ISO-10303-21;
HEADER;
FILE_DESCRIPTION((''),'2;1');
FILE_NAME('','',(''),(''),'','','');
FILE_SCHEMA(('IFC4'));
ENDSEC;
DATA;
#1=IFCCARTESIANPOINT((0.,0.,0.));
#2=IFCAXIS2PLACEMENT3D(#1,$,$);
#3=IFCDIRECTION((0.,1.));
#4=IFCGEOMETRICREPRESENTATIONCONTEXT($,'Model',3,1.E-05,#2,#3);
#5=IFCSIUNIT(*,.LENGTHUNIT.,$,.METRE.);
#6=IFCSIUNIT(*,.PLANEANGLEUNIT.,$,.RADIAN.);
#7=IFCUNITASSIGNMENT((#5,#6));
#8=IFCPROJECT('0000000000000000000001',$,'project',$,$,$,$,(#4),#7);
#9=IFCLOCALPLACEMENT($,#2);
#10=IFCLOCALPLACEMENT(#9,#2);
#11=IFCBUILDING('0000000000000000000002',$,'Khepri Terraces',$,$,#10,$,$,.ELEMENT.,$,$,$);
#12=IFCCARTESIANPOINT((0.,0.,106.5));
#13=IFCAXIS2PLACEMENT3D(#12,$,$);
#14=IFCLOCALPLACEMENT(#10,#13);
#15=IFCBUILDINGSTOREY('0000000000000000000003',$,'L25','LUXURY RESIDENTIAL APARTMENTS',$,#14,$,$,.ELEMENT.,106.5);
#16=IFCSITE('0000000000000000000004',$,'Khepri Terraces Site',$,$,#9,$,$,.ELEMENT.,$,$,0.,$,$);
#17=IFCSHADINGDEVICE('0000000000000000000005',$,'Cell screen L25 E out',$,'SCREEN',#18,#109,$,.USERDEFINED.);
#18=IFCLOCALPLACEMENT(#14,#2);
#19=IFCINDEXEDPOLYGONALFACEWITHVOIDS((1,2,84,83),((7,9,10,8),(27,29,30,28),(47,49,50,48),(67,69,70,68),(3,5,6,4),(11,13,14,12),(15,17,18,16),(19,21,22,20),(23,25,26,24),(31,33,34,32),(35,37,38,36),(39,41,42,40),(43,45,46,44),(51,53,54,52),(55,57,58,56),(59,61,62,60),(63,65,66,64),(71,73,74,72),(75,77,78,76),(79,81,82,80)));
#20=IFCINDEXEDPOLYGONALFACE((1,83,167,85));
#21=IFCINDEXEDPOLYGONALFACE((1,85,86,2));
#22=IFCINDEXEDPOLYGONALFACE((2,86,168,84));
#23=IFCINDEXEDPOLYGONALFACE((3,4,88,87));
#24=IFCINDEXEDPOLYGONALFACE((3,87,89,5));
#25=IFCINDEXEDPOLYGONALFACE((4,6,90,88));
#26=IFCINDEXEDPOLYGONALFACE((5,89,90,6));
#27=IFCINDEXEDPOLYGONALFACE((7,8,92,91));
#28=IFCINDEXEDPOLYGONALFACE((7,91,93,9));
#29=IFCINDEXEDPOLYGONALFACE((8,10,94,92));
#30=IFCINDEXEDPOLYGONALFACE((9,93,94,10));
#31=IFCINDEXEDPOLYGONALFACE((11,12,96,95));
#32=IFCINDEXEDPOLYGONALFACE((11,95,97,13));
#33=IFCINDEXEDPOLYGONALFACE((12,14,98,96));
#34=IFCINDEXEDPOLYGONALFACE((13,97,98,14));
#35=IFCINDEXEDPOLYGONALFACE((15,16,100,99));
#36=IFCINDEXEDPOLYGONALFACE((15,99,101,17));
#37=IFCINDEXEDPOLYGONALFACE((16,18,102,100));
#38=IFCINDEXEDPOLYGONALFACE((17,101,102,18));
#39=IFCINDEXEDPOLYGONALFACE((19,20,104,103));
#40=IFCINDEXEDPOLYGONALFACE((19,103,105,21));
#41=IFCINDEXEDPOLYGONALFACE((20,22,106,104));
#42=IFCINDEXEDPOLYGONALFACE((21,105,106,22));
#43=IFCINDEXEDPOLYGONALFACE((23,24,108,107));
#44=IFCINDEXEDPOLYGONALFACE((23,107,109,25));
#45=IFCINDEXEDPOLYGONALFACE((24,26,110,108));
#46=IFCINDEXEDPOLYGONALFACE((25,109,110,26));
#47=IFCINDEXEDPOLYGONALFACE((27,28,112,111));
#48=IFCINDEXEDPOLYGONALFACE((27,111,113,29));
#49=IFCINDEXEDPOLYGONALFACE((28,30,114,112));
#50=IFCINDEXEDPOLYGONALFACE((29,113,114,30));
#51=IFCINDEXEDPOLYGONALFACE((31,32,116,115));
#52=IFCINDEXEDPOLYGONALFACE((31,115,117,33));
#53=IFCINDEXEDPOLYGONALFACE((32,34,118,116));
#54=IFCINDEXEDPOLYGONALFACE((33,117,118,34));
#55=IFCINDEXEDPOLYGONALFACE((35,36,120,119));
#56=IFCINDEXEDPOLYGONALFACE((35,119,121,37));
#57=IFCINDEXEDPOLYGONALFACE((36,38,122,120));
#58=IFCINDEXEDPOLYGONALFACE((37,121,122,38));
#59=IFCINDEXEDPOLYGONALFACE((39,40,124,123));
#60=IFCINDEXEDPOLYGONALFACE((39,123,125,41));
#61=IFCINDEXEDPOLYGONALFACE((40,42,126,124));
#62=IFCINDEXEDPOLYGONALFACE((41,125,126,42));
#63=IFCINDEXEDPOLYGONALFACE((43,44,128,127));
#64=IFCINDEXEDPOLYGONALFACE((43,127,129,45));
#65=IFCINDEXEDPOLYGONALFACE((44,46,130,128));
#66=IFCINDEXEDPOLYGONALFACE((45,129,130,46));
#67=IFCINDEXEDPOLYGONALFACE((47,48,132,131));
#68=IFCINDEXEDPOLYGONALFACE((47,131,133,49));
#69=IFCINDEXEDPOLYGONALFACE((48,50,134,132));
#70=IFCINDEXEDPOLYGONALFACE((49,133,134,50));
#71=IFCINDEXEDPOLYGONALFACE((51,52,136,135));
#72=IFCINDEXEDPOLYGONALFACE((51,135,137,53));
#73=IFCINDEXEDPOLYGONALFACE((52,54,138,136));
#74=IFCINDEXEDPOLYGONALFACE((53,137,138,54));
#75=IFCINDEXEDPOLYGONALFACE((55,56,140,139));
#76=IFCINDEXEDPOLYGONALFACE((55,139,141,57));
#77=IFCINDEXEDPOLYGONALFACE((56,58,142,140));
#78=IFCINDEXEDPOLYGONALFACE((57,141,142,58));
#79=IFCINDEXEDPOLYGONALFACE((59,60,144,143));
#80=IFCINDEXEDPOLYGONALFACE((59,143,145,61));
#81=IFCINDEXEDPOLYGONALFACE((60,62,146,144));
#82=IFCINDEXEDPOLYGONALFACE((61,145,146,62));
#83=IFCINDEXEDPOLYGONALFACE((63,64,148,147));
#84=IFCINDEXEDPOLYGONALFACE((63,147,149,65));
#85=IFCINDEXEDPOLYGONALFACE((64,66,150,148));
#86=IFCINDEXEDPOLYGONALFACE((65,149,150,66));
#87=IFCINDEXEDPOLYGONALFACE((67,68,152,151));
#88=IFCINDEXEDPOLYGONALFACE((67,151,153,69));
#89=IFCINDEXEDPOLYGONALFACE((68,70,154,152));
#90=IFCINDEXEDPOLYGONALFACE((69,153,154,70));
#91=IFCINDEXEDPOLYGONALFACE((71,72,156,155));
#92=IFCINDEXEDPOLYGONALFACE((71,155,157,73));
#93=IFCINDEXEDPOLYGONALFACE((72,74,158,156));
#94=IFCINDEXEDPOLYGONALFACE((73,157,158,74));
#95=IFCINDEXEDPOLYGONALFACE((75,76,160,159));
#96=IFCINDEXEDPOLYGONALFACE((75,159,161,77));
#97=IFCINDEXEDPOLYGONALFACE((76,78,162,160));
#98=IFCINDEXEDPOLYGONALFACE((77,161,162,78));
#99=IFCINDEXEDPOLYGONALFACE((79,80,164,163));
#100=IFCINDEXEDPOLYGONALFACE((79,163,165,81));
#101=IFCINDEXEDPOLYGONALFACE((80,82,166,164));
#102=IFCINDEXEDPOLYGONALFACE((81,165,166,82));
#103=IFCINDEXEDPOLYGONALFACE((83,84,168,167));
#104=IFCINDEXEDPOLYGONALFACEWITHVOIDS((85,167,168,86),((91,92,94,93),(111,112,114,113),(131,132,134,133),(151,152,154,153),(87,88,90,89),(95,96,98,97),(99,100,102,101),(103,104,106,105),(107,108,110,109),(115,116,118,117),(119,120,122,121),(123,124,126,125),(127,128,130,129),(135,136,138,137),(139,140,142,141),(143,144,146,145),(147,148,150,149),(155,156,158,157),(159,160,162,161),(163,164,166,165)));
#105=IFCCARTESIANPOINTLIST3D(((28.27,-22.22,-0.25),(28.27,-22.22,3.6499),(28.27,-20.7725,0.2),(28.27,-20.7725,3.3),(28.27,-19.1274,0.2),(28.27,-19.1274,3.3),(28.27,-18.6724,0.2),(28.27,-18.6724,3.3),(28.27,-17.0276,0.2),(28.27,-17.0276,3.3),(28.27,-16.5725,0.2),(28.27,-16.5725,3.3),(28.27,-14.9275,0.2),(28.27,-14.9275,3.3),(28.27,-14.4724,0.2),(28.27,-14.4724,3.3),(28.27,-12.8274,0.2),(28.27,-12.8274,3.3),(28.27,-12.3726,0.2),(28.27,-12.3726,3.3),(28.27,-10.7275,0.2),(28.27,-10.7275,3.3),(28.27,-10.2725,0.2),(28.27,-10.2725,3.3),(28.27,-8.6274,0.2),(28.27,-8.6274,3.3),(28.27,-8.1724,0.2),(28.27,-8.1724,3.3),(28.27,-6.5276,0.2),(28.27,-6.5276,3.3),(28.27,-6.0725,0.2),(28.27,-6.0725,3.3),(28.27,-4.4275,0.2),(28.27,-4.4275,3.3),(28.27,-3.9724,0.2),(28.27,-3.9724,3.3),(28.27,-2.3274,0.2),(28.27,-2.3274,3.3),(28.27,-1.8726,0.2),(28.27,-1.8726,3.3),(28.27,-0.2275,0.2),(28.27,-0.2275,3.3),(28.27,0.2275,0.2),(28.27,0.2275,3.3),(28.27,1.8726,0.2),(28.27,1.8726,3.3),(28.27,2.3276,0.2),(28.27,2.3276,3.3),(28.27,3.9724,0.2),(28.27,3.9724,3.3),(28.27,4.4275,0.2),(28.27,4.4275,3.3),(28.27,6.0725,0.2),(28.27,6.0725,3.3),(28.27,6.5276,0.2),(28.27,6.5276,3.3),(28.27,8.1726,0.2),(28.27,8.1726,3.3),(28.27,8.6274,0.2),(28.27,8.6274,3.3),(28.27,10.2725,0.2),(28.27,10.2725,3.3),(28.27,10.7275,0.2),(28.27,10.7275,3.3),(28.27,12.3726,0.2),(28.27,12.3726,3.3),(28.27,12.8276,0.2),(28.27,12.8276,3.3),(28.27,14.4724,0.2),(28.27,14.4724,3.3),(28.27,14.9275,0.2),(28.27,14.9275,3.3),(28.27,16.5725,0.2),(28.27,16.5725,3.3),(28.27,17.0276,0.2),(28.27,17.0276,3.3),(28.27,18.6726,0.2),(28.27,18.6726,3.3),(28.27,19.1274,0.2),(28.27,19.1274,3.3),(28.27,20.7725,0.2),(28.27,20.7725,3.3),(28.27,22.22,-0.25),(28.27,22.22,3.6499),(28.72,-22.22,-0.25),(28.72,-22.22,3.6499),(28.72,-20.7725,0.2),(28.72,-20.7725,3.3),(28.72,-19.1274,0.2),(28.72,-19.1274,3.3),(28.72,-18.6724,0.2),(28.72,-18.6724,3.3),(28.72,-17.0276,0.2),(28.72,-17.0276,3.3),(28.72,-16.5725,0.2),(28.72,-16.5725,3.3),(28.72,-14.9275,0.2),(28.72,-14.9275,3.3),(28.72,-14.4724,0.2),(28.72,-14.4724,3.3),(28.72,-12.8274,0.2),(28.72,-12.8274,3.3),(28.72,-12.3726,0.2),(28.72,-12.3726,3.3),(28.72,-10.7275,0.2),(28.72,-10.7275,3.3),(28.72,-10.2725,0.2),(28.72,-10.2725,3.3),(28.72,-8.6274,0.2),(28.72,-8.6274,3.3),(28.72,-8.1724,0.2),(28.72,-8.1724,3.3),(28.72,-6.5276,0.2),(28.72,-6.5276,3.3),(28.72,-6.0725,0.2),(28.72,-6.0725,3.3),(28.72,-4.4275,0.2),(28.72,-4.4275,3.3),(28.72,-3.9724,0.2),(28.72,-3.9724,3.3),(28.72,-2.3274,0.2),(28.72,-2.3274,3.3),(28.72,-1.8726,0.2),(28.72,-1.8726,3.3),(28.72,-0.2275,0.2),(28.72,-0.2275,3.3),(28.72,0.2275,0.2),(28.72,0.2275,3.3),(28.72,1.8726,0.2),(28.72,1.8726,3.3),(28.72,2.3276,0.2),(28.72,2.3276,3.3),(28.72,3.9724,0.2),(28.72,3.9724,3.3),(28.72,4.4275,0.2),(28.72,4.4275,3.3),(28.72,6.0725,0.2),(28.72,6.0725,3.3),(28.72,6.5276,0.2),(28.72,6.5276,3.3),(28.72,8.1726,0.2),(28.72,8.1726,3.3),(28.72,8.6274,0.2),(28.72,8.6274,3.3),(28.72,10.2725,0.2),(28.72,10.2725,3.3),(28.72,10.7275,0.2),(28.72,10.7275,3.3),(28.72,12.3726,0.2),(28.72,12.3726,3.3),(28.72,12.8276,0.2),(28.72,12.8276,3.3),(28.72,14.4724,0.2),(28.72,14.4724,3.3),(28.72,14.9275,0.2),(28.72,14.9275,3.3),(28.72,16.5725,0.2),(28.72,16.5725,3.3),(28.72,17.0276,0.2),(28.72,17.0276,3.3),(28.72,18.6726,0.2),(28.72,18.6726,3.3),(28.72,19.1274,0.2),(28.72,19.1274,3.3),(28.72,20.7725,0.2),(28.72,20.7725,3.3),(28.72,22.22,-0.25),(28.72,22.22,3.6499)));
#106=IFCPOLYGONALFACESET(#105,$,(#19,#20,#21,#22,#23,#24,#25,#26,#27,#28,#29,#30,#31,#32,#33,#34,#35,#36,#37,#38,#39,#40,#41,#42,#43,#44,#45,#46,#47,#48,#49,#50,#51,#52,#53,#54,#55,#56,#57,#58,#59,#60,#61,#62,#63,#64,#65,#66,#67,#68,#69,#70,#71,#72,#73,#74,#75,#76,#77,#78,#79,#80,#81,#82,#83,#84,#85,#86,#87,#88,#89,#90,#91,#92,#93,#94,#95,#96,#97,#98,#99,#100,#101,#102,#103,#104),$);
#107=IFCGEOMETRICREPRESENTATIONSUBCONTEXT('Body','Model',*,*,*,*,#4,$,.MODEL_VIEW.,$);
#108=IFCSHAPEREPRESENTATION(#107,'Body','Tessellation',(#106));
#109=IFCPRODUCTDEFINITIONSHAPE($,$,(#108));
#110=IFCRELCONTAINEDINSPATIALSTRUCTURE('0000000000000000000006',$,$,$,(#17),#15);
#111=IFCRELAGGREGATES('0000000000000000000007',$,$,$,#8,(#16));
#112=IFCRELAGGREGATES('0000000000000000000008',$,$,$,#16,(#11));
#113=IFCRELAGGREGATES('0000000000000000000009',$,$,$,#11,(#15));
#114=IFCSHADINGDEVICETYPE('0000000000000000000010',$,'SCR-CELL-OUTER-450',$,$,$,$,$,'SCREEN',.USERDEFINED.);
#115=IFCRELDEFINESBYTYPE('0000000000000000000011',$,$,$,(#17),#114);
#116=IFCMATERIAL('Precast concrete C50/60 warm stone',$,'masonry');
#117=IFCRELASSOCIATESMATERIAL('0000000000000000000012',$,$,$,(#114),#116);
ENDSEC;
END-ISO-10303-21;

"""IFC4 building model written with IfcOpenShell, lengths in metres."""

from ifc_helpers import new_model, si_unit, direction, frame, origin, place, context, subcontext, project, spatial, polyline, outline, extrude, material, type_object, element, save


model = new_model("IFC4")

# Units and contexts
model_context = context("Model", 3, precision=1e-05, world=origin(), true_north=direction((0.0, 1.0)))
body_context = subcontext(model_context, "Body", "Model", "MODEL_VIEW")
ifc_project = project(units=[si_unit("LENGTHUNIT", "METRE"), si_unit("PLANEANGLEUNIT", "RADIAN")], contexts=[model_context])

# Site, building, storey
site_placement = place(None, origin())
site = spatial("IfcSite", under=ifc_project, at=site_placement, Name="Khepri Terraces Site", CompositionType="ELEMENT", RefElevation=0.0)
building_placement = place(site_placement, origin())
building = spatial("IfcBuilding", under=site, at=building_placement, Name="Khepri Terraces", CompositionType="ELEMENT")
storey_placement = place(building_placement, frame((0.0, 0.0, 106.5)))
storey = spatial("IfcBuildingStorey", under=building, at=storey_placement, Name="L25", Description="LUXURY RESIDENTIAL APARTMENTS", CompositionType="ELEMENT", Elevation=106.5)

# Shared definitions
ifc_material_1 = material(Name="Precast concrete C50/60 warm stone", Category="masonry")

# Shading device
shading_device_type_1 = type_object("IfcShadingDeviceType", Name="SCR-CELL-OUTER-450", ElementType="SCREEN", PredefinedType="USERDEFINED", material=ifc_material_1)
shading_device_1_placement = place(storey_placement, frame((28.27, -22.22, -0.25), z_axis=(1.0, 0.0, 0.0), x_axis=(0.0, 1.0, 0.0)))
element("IfcShadingDevice", 1, at=shading_device_1_placement, inside=storey, type_object=shading_device_type_1, Name="Cell screen L25 E out", ObjectType="SCREEN", PredefinedType="USERDEFINED", context=body_context, shape_type="SweptSolid", body=[
    extrude(outline(polyline([(0.0, 0.0), (44.4399, 0.0), (44.4399, 3.8999), (0.0, 3.8999), (0.0, 0.0)]), holes=[polyline([(1.4475, 0.45), (3.0925, 0.45), (3.0925, 3.55), (1.4475, 3.55), (1.4475, 0.45)]), polyline([(3.5476, 0.45), (5.1924, 0.45), (5.1924, 3.55), (3.5476, 3.55), (3.5476, 0.45)]), polyline([(5.6475, 0.45), (7.2925, 0.45), (7.2925, 3.55), (5.6475, 3.55), (5.6475, 0.45)]), polyline([(7.7476, 0.45), (9.3926, 0.45), (9.3926, 3.55), (7.7476, 3.55), (7.7476, 0.45)]), polyline([(9.8474, 0.45), (11.4924, 0.45), (11.4924, 3.55), (9.8474, 3.55), (9.8474, 0.45)]), polyline([(11.9475, 0.45), (13.5925, 0.45), (13.5925, 3.55), (11.9475, 3.55), (11.9475, 0.45)]), polyline([(14.0476, 0.45), (15.6924, 0.45), (15.6924, 3.55), (14.0476, 3.55), (14.0476, 0.45)]), polyline([(16.1475, 0.45), (17.7925, 0.45), (17.7925, 3.55), (16.1475, 3.55), (16.1475, 0.45)]), polyline([(18.2476, 0.45), (19.8926, 0.45), (19.8926, 3.55), (18.2476, 3.55), (18.2476, 0.45)]), polyline([(20.3474, 0.45), (21.9924, 0.45), (21.9924, 3.55), (20.3474, 3.55), (20.3474, 0.45)]), polyline([(22.4475, 0.45), (24.0925, 0.45), (24.0925, 3.55), (22.4475, 3.55), (22.4475, 0.45)]), polyline([(24.5476, 0.45), (26.1924, 0.45), (26.1924, 3.55), (24.5476, 3.55), (24.5476, 0.45)]), polyline([(26.6475, 0.45), (28.2925, 0.45), (28.2925, 3.55), (26.6475, 3.55), (26.6475, 0.45)]), polyline([(28.7476, 0.45), (30.3926, 0.45), (30.3926, 3.55), (28.7476, 3.55), (28.7476, 0.45)]), polyline([(30.8474, 0.45), (32.4924, 0.45), (32.4924, 3.55), (30.8474, 3.55), (30.8474, 0.45)]), polyline([(32.9475, 0.45), (34.5925, 0.45), (34.5925, 3.55), (32.9475, 3.55), (32.9475, 0.45)]), polyline([(35.0476, 0.45), (36.6924, 0.45), (36.6924, 3.55), (35.0476, 3.55), (35.0476, 0.45)]), polyline([(37.1475, 0.45), (38.7925, 0.45), (38.7925, 3.55), (37.1475, 3.55), (37.1475, 0.45)]), polyline([(39.2476, 0.45), (40.8926, 0.45), (40.8926, 3.55), (39.2476, 3.55), (39.2476, 0.45)]), polyline([(41.3474, 0.45), (42.9924, 0.45), (42.9924, 3.55), (41.3474, 3.55), (41.3474, 0.45)])]), origin(), (0.0, 0.0, 1.0), 0.45),
])

save(model, "model.ifc")
